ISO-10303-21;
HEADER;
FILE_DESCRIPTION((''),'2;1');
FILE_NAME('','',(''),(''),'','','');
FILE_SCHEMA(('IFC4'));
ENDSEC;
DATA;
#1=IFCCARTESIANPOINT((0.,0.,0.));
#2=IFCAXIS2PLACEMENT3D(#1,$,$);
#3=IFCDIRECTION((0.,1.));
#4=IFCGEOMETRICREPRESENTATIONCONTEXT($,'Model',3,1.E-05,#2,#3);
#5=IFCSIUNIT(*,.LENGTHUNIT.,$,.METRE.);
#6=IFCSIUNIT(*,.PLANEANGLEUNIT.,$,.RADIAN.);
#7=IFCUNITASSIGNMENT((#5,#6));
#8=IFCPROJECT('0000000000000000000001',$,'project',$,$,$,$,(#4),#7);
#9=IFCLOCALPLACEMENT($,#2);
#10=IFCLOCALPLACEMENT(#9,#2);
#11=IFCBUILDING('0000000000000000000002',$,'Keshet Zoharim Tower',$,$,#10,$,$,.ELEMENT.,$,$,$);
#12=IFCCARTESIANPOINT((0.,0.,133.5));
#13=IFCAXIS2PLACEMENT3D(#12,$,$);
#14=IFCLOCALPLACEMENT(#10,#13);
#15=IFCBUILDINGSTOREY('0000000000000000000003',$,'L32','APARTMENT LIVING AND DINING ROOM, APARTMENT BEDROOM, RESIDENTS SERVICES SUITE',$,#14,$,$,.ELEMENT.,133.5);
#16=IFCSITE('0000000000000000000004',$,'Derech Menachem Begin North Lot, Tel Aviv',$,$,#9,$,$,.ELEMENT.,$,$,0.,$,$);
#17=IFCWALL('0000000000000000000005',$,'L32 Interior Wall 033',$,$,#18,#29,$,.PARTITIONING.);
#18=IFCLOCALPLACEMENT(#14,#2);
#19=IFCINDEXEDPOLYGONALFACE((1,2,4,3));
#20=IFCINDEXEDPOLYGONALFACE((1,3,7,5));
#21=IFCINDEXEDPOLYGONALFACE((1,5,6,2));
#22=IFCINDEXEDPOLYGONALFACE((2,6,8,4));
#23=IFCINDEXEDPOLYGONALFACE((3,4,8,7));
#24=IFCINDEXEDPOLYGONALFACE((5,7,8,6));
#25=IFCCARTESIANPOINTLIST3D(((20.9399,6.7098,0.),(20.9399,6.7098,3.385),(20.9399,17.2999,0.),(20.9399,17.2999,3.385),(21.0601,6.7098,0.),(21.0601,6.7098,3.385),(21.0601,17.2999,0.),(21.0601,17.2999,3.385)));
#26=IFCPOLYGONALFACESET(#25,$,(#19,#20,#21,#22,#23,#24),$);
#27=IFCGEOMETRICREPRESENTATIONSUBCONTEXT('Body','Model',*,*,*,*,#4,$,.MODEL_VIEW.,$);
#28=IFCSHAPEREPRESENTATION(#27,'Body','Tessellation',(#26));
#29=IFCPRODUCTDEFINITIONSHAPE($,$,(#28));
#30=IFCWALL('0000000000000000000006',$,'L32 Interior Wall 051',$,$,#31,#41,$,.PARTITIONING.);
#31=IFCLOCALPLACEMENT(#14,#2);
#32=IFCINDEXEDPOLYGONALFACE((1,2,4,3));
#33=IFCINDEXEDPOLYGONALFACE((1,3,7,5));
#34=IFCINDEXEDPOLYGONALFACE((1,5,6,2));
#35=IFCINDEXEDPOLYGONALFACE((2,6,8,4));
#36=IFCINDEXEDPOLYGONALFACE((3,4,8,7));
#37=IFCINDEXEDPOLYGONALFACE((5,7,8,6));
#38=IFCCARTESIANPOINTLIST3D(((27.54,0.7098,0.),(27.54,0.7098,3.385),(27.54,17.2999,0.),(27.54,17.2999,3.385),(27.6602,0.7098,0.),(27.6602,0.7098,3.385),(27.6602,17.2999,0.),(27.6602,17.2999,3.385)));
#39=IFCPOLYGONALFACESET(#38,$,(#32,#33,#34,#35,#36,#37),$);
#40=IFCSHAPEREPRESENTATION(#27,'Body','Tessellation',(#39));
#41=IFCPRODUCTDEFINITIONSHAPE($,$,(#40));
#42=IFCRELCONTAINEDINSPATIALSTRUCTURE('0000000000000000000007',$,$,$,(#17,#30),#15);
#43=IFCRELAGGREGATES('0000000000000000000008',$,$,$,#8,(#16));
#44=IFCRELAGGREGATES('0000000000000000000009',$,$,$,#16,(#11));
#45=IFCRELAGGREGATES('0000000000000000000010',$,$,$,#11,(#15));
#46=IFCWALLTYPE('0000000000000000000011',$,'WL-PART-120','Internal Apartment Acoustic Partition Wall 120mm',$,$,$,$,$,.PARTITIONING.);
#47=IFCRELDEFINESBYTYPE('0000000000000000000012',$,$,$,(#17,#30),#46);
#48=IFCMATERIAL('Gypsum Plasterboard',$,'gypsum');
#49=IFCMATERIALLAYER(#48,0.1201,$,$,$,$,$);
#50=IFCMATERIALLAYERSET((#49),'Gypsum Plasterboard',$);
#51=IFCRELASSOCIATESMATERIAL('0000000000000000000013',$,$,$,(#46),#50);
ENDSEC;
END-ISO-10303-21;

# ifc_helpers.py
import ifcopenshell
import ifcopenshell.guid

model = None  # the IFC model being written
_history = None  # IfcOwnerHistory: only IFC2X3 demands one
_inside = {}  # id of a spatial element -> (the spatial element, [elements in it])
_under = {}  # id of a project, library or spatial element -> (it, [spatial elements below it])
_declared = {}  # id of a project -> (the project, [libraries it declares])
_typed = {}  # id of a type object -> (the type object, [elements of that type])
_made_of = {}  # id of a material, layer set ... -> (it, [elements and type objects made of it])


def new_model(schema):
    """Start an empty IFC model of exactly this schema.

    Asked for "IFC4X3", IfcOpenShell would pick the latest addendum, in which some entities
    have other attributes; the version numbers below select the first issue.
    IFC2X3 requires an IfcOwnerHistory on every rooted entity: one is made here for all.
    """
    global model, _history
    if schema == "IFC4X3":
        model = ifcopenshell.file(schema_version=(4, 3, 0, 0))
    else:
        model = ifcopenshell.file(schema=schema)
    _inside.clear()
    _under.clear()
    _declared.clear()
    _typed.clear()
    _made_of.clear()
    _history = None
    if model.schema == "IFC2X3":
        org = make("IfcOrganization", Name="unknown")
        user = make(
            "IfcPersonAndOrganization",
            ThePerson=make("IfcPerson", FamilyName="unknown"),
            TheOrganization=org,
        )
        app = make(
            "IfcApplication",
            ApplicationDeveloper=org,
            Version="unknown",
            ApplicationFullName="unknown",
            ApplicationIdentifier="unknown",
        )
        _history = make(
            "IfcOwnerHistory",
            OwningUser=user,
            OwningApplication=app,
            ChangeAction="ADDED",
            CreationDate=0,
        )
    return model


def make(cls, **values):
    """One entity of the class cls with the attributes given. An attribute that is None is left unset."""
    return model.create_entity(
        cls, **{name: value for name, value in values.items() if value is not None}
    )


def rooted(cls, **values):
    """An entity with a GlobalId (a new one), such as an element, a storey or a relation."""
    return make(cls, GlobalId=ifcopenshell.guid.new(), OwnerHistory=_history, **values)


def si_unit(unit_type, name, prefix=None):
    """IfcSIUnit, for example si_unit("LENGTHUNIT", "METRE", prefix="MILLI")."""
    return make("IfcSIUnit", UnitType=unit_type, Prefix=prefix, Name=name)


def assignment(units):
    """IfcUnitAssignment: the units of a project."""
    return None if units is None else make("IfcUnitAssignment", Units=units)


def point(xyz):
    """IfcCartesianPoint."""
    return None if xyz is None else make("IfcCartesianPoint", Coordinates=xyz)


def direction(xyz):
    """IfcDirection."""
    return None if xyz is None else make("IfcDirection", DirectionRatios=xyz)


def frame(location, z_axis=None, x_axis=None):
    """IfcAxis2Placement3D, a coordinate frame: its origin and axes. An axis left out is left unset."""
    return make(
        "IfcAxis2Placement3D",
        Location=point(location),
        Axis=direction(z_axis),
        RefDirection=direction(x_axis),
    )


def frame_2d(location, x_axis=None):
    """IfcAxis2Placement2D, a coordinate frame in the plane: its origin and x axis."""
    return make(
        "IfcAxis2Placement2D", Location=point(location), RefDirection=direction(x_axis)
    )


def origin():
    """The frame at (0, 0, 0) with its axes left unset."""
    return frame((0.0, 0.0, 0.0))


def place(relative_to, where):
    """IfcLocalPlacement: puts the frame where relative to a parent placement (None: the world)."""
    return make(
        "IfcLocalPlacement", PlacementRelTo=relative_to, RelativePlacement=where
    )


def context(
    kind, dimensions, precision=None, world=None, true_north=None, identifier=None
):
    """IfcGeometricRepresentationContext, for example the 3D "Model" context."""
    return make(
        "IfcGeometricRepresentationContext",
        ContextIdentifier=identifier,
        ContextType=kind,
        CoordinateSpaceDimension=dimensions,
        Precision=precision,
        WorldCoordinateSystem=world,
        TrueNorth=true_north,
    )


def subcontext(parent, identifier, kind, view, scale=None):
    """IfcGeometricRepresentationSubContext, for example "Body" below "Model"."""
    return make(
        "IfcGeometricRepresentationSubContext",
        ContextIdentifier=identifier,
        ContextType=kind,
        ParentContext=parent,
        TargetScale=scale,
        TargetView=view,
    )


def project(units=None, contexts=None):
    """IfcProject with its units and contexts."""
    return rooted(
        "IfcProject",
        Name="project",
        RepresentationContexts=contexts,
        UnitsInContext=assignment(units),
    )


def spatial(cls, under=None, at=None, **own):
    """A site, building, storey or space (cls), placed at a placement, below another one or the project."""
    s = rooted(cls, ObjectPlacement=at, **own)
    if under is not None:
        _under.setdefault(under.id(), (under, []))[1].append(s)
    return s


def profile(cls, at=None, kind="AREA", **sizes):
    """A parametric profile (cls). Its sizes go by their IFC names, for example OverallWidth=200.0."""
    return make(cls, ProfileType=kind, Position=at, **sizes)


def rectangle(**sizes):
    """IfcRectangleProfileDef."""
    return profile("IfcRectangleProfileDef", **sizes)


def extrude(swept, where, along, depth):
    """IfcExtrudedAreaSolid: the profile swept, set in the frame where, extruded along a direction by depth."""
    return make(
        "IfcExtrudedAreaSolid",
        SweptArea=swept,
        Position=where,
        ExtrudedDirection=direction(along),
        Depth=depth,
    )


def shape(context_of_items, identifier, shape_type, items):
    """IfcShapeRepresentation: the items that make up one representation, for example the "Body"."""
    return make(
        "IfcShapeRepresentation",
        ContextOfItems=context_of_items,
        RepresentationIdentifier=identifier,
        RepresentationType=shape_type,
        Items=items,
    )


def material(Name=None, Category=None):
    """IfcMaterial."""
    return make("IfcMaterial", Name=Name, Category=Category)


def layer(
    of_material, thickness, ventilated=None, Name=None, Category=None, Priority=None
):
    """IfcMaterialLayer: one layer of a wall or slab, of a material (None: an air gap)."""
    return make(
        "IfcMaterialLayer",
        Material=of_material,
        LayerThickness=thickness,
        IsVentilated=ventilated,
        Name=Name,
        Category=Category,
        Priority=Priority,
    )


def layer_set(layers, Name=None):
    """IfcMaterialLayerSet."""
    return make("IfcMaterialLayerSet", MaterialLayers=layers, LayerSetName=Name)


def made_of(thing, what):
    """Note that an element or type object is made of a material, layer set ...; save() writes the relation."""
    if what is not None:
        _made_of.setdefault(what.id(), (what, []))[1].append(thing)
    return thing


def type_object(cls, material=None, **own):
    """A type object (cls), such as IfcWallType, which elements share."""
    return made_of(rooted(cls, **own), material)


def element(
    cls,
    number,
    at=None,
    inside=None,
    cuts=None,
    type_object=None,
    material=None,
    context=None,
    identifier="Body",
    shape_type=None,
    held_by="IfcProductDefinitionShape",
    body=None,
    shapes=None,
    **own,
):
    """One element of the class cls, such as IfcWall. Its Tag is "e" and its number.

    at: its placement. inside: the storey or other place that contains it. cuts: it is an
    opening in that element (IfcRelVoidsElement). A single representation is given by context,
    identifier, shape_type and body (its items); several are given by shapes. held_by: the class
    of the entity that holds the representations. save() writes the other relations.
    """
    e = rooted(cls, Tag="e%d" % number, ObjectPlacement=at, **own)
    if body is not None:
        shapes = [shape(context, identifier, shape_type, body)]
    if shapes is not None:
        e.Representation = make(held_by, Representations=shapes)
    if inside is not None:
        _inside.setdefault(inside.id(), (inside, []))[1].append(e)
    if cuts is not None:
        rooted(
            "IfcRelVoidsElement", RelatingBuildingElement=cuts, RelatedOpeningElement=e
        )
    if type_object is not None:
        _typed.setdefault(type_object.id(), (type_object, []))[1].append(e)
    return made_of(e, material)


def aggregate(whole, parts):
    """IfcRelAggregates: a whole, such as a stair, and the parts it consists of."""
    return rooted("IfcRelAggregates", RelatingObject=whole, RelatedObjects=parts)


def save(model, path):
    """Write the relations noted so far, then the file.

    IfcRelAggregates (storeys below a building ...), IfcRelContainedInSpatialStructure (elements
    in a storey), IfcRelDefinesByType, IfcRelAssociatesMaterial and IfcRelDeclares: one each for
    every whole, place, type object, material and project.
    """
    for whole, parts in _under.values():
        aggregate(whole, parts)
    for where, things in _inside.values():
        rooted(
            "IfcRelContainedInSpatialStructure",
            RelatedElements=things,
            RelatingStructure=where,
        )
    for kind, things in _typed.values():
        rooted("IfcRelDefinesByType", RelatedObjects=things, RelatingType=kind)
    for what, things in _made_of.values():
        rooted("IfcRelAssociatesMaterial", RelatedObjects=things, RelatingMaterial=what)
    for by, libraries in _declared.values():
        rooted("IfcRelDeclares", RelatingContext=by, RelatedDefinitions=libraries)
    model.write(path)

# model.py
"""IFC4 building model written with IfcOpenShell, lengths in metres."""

from ifc_helpers import new_model, si_unit, direction, frame, frame_2d, origin, place, context, subcontext, project, spatial, rectangle, extrude, material, layer, layer_set, type_object, element, save


model = new_model("IFC4")

# Units and contexts
model_context = context("Model", 3, precision=1e-05, world=origin(), true_north=direction((0.0, 1.0)))
body_context = subcontext(model_context, "Body", "Model", "MODEL_VIEW")
ifc_project = project(units=[si_unit("LENGTHUNIT", "METRE"), si_unit("PLANEANGLEUNIT", "RADIAN")], contexts=[model_context])

# Site, building, storey
site_placement = place(None, origin())
site = spatial("IfcSite", under=ifc_project, at=site_placement, Name="Derech Menachem Begin North Lot, Tel Aviv", CompositionType="ELEMENT", RefElevation=0.0)
building_placement = place(site_placement, origin())
building = spatial("IfcBuilding", under=site, at=building_placement, Name="Keshet Zoharim Tower", CompositionType="ELEMENT")
storey_placement = place(building_placement, frame((0.0, 0.0, 133.5)))
storey = spatial("IfcBuildingStorey", under=building, at=storey_placement, Name="L32", Description="APARTMENT LIVING AND DINING ROOM, APARTMENT BEDROOM, RESIDENTS SERVICES SUITE", CompositionType="ELEMENT", Elevation=133.5)

# Walls
ifc_material_1 = material(Name="Gypsum Plasterboard", Category="gypsum")
ifc_layer_1 = layer(ifc_material_1, 0.1201)
ifc_layer_set_1 = layer_set([ifc_layer_1], Name="Gypsum Plasterboard")
wall_type = type_object("IfcWallType", Name="WL-PART-120", Description="Internal Apartment Acoustic Partition Wall 120mm", PredefinedType="PARTITIONING", material=ifc_layer_set_1)
wall_1_placement = place(storey_placement, frame((21.0, 6.71, 0.0), z_axis=(0.0, 0.0, 1.0), x_axis=(0.0, 1.0, 0.0)))
element("IfcWall", 1, at=wall_1_placement, inside=storey, type_object=wall_type, Name="L32 Interior Wall 033", PredefinedType="PARTITIONING", context=body_context, shape_type="SweptSolid", body=[
    extrude(rectangle(XDim=10.5901, YDim=0.1201, at=frame_2d((5.2949, 0.0))), origin(), (0.0, 0.0, 1.0), 3.385),
])
wall_2_placement = place(storey_placement, frame((27.6001, 0.71, 0.0), z_axis=(0.0, 0.0, 1.0), x_axis=(0.0, 1.0, 0.0)))
element("IfcWall", 2, at=wall_2_placement, inside=storey, type_object=wall_type, Name="L32 Interior Wall 051", PredefinedType="PARTITIONING", context=body_context, shape_type="SweptSolid", body=[
    extrude(rectangle(XDim=16.5901, YDim=0.1201, at=frame_2d((8.2949, 0.0))), origin(), (0.0, 0.0, 1.0), 3.385),
])

save(model, "model.ifc")
